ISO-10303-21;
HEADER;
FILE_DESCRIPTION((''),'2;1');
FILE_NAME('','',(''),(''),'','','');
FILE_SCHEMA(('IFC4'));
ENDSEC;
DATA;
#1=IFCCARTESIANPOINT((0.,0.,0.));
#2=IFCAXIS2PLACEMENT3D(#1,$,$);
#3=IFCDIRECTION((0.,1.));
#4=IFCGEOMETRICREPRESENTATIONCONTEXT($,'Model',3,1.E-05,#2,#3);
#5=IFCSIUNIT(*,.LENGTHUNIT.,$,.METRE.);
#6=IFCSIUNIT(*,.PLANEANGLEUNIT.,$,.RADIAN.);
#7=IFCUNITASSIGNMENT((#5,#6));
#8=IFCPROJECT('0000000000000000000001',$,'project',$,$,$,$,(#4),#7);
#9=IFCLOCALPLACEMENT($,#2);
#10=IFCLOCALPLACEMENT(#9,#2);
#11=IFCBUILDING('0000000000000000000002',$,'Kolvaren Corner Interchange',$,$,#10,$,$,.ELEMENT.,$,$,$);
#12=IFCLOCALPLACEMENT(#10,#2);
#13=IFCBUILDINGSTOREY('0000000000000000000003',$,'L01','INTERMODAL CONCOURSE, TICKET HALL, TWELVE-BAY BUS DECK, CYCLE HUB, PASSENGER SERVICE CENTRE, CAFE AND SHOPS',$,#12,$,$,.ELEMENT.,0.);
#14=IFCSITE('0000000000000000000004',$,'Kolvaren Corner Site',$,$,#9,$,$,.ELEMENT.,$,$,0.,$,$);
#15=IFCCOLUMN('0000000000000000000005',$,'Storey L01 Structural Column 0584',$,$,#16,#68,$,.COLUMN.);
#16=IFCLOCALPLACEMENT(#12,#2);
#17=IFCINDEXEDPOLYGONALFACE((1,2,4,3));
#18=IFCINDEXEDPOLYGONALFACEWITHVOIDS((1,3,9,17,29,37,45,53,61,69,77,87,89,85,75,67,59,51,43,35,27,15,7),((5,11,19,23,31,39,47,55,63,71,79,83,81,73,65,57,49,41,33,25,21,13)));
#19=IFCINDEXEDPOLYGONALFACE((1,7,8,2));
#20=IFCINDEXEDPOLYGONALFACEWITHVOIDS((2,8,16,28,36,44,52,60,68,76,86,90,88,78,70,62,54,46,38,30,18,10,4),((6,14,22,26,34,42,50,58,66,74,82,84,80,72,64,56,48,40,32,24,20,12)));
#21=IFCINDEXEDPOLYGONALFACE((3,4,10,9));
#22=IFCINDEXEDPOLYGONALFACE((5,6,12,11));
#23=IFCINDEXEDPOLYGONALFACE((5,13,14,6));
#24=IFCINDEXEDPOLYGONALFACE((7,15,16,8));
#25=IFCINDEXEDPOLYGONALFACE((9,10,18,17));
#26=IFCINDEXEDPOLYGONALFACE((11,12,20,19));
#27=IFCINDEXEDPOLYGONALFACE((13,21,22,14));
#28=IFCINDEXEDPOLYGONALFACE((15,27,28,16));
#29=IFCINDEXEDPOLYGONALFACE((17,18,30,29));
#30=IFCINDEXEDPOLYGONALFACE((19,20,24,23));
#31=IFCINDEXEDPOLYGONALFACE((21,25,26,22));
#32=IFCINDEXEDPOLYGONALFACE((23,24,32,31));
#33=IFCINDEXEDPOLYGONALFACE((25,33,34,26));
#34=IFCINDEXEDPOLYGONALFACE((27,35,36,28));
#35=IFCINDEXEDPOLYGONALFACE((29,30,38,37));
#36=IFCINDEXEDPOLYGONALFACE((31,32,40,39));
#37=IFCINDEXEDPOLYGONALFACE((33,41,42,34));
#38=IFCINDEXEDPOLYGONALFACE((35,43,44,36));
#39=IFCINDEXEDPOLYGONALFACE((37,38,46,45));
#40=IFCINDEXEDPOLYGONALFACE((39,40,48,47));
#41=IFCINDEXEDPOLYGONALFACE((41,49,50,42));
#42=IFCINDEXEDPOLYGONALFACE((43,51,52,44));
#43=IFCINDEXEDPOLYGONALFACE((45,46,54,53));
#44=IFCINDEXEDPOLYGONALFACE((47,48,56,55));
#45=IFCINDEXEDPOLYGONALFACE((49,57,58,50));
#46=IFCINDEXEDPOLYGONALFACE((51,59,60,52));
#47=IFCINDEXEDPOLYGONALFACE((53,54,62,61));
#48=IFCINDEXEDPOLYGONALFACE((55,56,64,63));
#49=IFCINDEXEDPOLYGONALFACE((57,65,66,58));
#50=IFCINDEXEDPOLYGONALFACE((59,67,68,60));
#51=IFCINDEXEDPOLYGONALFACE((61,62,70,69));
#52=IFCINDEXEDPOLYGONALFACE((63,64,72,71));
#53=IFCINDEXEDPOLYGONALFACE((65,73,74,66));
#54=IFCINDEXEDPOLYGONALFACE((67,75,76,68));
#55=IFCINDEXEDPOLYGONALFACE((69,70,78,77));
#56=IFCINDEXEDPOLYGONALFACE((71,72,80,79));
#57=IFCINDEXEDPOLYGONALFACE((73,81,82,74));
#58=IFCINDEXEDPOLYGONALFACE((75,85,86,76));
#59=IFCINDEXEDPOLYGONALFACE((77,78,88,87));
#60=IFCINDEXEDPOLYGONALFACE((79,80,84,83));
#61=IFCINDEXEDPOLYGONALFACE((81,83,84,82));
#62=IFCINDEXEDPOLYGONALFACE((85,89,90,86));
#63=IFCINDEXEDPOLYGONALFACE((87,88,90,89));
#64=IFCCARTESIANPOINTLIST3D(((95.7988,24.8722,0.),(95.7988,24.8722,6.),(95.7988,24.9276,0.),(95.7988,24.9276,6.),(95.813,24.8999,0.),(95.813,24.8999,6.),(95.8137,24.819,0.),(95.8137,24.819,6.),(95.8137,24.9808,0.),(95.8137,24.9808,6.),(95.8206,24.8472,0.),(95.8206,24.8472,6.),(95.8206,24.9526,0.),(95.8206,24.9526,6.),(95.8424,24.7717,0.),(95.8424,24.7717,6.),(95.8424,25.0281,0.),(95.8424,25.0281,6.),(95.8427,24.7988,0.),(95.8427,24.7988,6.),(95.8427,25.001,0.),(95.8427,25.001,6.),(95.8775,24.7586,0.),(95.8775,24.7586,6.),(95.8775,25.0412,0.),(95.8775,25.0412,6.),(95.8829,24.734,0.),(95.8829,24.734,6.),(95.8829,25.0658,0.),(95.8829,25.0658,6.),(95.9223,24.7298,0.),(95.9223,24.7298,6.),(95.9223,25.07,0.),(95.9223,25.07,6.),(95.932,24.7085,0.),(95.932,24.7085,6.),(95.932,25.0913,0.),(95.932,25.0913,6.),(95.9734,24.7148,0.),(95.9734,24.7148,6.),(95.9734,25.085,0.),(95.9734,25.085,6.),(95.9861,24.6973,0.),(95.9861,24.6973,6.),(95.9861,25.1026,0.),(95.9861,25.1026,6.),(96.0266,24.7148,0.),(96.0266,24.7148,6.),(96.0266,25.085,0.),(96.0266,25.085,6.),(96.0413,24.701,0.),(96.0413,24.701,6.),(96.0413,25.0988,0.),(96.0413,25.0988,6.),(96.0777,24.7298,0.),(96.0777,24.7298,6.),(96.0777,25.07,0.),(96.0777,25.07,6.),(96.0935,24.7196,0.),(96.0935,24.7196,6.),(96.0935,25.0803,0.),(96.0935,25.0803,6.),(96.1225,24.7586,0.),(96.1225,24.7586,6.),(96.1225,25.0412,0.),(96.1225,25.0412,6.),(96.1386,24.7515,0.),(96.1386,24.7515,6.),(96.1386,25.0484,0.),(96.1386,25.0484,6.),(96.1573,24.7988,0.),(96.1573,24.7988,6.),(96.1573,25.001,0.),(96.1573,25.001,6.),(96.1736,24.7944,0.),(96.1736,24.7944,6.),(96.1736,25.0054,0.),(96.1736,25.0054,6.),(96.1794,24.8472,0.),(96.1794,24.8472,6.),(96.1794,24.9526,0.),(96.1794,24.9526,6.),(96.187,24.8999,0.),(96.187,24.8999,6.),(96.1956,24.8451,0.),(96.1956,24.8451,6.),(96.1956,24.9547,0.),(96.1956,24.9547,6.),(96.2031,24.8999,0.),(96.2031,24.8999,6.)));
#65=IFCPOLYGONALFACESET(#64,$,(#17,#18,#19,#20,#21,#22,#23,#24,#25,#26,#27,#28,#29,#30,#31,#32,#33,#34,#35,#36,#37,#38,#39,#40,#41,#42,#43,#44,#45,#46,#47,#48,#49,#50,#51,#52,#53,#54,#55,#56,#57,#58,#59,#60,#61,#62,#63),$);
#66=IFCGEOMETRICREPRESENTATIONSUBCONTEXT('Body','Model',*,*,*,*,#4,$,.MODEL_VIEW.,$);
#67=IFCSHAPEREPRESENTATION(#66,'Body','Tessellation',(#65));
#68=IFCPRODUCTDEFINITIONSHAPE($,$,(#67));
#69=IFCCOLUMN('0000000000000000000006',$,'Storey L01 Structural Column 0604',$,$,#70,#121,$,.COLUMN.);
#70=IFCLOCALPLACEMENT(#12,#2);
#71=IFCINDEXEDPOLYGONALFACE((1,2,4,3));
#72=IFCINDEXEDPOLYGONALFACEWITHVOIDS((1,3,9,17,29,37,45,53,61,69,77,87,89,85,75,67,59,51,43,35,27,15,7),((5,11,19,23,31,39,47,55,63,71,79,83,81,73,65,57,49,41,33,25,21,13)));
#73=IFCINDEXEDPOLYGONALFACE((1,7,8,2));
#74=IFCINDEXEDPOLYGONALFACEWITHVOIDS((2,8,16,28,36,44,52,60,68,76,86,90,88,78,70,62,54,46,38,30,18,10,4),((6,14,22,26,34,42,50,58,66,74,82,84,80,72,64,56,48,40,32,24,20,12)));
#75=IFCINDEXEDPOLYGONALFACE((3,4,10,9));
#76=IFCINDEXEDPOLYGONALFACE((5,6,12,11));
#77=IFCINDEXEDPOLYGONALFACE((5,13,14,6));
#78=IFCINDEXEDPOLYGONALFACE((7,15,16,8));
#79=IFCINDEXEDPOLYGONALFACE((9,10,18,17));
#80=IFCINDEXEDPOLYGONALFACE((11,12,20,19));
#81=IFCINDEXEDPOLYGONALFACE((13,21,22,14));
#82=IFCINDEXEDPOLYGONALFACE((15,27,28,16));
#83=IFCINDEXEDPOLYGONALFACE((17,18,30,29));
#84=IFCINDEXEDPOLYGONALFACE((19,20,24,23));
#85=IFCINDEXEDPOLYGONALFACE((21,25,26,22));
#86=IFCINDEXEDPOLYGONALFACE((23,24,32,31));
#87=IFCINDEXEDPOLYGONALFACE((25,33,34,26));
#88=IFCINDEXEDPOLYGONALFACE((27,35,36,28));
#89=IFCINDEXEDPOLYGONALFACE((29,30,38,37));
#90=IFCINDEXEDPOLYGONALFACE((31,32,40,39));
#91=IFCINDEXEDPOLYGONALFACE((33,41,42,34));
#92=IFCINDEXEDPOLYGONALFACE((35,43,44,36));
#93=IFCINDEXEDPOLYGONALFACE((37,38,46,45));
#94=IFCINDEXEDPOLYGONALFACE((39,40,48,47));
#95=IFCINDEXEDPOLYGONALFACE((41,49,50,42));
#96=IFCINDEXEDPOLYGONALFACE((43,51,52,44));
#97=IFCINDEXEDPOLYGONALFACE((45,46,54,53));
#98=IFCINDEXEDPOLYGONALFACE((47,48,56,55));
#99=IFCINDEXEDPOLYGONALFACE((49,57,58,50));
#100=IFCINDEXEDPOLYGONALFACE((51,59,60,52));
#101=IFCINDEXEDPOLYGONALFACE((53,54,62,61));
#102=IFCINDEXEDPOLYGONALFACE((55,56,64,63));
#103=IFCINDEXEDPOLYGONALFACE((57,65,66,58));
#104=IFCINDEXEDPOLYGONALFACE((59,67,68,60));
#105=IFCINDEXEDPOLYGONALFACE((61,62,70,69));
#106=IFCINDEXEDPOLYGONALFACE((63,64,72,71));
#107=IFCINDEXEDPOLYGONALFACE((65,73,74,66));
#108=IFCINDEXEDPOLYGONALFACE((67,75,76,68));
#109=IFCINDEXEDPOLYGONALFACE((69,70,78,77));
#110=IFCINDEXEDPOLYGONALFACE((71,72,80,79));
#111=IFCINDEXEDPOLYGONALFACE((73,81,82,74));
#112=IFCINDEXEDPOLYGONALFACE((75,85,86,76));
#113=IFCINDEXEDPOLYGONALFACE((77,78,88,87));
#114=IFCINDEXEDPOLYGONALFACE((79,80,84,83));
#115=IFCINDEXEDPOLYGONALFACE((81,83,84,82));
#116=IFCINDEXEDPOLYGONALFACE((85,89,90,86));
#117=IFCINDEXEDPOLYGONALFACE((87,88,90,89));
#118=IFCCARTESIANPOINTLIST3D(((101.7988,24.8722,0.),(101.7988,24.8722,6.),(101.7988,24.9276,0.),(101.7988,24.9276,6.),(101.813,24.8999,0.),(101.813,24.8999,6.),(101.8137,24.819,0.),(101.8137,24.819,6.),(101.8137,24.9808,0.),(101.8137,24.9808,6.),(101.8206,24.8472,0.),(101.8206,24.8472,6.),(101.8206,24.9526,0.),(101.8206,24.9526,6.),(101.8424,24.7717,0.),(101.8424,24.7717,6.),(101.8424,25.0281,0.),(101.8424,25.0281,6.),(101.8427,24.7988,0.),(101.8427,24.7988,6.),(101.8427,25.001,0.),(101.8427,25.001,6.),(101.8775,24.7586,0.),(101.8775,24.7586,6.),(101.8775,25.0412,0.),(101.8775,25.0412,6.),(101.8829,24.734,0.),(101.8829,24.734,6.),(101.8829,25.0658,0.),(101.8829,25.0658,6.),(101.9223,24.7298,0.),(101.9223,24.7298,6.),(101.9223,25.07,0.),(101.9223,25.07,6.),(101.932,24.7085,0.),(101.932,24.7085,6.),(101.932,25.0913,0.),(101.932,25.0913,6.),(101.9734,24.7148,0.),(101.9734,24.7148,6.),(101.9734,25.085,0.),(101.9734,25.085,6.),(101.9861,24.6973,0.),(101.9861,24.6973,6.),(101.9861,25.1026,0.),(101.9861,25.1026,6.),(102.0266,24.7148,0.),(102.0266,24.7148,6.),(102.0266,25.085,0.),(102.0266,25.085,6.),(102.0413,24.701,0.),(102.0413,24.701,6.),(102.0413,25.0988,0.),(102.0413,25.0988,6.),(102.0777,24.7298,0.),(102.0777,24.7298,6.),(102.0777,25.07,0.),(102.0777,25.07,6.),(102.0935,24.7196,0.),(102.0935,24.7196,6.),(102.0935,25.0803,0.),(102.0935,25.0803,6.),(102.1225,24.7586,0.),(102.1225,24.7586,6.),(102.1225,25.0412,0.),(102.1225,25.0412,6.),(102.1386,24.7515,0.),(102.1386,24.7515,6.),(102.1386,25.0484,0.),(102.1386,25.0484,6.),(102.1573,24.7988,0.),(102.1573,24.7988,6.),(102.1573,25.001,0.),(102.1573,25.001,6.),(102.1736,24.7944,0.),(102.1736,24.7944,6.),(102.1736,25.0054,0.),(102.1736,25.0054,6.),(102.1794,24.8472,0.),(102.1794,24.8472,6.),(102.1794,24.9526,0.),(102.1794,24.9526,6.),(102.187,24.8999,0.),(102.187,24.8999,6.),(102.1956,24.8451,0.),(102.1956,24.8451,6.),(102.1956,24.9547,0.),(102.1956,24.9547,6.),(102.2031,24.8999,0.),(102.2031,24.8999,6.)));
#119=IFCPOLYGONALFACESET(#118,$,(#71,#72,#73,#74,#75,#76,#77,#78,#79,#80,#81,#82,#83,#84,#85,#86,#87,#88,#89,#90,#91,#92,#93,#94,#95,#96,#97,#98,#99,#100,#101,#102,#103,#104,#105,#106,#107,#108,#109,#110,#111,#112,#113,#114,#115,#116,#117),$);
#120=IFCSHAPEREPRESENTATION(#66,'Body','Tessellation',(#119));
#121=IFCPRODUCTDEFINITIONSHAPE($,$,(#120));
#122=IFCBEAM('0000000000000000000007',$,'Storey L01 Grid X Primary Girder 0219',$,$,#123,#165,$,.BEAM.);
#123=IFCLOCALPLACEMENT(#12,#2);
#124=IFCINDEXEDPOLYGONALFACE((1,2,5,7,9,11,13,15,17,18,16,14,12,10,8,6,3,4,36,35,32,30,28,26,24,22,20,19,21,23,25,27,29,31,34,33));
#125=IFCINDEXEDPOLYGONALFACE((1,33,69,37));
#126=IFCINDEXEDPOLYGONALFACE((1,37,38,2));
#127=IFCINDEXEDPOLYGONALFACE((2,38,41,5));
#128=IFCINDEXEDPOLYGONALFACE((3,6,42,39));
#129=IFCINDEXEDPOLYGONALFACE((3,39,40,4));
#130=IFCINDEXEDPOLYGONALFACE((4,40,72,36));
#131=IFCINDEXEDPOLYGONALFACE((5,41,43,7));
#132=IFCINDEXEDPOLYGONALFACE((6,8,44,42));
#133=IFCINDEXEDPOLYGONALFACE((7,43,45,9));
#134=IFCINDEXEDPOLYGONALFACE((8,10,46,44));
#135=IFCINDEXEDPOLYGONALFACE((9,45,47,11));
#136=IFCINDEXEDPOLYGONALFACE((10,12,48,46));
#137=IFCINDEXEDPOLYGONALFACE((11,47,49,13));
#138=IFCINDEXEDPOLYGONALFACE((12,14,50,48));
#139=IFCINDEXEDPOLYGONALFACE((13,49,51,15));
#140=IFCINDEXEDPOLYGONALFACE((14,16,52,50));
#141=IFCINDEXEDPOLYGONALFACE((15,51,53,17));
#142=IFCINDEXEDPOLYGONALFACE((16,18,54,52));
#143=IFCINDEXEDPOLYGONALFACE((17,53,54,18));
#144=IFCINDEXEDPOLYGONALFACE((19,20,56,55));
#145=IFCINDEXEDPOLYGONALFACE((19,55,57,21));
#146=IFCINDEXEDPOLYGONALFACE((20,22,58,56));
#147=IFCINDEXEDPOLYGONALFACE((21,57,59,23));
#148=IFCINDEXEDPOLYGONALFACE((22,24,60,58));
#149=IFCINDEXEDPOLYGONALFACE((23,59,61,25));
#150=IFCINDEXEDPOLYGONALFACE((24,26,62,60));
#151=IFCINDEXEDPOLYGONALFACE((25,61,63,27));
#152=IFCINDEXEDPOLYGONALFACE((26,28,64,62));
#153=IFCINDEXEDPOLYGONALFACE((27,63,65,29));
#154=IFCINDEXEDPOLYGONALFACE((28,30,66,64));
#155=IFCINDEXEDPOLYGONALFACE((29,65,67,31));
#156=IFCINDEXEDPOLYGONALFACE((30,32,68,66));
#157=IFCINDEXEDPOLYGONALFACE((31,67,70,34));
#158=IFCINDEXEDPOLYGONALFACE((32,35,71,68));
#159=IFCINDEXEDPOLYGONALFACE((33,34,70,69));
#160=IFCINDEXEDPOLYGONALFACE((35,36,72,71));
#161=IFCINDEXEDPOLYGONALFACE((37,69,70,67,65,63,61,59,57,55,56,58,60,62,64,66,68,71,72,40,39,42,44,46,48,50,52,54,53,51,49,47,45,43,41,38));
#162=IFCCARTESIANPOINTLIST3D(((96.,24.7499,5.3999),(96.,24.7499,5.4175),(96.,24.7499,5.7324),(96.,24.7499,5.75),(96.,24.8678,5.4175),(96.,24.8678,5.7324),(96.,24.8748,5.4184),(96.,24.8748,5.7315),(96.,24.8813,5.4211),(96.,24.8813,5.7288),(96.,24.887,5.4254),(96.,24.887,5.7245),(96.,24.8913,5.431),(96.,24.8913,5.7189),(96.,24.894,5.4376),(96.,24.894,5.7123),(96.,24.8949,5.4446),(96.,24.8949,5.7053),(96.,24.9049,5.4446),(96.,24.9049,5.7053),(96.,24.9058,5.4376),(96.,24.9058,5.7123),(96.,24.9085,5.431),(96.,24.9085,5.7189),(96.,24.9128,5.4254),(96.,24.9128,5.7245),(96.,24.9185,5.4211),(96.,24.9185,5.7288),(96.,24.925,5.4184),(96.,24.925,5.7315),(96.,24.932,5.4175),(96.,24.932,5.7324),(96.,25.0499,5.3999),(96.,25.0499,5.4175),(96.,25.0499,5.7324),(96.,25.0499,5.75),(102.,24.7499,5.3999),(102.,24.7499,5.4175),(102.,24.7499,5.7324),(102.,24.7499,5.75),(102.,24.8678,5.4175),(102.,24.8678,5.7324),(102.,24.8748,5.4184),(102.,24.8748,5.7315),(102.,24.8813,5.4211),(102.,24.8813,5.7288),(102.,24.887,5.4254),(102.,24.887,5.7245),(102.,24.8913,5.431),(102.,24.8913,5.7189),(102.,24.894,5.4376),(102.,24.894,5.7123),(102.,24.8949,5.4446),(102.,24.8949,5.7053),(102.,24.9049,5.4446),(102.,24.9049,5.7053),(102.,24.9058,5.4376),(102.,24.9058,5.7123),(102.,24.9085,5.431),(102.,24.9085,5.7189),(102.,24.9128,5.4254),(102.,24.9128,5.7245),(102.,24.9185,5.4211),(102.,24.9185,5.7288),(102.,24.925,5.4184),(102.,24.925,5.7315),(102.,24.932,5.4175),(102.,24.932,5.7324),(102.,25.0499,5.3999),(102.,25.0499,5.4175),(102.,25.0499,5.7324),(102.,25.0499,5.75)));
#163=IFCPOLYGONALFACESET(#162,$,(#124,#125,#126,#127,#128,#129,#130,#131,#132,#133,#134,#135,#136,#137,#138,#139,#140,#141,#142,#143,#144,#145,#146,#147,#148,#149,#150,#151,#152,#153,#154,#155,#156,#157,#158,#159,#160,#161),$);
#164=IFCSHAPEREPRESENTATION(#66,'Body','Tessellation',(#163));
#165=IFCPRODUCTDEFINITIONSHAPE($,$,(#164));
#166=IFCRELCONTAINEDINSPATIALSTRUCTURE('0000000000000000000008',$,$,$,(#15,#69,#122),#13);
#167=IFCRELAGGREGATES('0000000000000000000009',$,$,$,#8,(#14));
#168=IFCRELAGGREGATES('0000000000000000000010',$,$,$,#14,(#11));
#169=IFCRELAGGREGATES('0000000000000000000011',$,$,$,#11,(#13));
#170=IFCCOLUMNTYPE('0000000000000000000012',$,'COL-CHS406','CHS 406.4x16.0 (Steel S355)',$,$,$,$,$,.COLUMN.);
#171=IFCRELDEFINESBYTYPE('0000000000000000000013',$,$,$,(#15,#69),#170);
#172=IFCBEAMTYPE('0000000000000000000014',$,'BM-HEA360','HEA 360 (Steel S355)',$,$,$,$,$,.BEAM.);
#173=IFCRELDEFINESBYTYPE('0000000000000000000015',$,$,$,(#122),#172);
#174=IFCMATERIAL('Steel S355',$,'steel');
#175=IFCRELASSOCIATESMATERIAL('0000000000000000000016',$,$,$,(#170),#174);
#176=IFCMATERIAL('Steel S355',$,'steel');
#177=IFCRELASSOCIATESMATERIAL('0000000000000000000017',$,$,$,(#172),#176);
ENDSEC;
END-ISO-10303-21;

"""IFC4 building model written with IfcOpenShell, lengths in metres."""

from ifc_helpers import new_model, si_unit, direction, frame, origin, origin_2d, place, context, subcontext, project, spatial, hollow_circle, i_section, extrude, material, material_profile, profile_set, type_object, element, save


model = new_model("IFC4")

# Units and contexts
model_context = context("Model", 3, precision=1e-05, world=origin(), true_north=direction((0.0, 1.0)))
body_context = subcontext(model_context, "Body", "Model", "MODEL_VIEW")
ifc_project = project(units=[si_unit("LENGTHUNIT", "METRE"), si_unit("PLANEANGLEUNIT", "RADIAN")], contexts=[model_context])

# Site, building, storey
site_placement = place(None, origin())
site = spatial("IfcSite", under=ifc_project, at=site_placement, Name="Kolvaren Corner Site", CompositionType="ELEMENT", RefElevation=0.0)
building_placement = place(site_placement, origin())
building = spatial("IfcBuilding", under=site, at=building_placement, Name="Kolvaren Corner Interchange", CompositionType="ELEMENT")
storey_placement = place(building_placement, origin())
storey = spatial("IfcBuildingStorey", under=building, at=storey_placement, Name="L01", Description="INTERMODAL CONCOURSE, TICKET HALL, TWELVE-BAY BUS DECK, CYCLE HUB, PASSENGER SERVICE CENTRE, CAFE AND SHOPS", CompositionType="ELEMENT", Elevation=0.0)

# Columns
ifc_material_1 = material(Name="Steel S355", Category="steel")
ifc_material_profile_1 = material_profile(ifc_material_1, hollow_circle(Radius=0.2031, WallThickness=0.0161, at=origin_2d()), Name="CHS 406.4x16.0")
ifc_profile_set_1 = profile_set([ifc_material_profile_1], Name="Steel S355")
column_type = type_object("IfcColumnType", Name="COL-CHS406", Description="CHS 406.4x16.0 (Steel S355)", PredefinedType="COLUMN", material=ifc_profile_set_1)
for number, where, z_axis, x_axis, name in (
    (1, (96.0, 24.8999, 0.0), (0.0, 0.0, 1.0), (1.0, 0.0, 0.0), "Storey L01 Structural Column 0584"),
    (2, (102.0, 24.8999, 0.0), (0.0, 0.0, 1.0), (1.0, 0.0, 0.0), "Storey L01 Structural Column 0604"),
):
    element("IfcColumn", number, at=place(storey_placement, frame(where, z_axis=z_axis, x_axis=x_axis)), inside=storey, type_object=column_type, Name=name, PredefinedType="COLUMN", context=body_context, shape_type="SweptSolid", body=[
        extrude(hollow_circle(Radius=0.2031, WallThickness=0.0161, at=origin_2d()), origin(), (0.0, 0.0, 1.0), 6.0),
    ])

# Beam
ifc_material_2 = material(Name="Steel S355", Category="steel")
ifc_material_profile_2 = material_profile(ifc_material_2, i_section(OverallWidth=0.3, OverallDepth=0.3501, WebThickness=0.01, FlangeThickness=0.0176, FilletRadius=0.0271, at=origin_2d()), Name="HEA 360")
ifc_profile_set_2 = profile_set([ifc_material_profile_2], Name="Steel S355")
beam_type = type_object("IfcBeamType", Name="BM-HEA360", Description="HEA 360 (Steel S355)", PredefinedType="BEAM", material=ifc_profile_set_2)
for number, where, z_axis, x_axis, name in (
    (3, (96.0, 24.8999, 5.575), (1.0, 0.0, 0.0), (0.0, 1.0, 0.0), "Storey L01 Grid X Primary Girder 0219"),
):
    element("IfcBeam", number, at=place(storey_placement, frame(where, z_axis=z_axis, x_axis=x_axis)), inside=storey, type_object=beam_type, Name=name, PredefinedType="BEAM", context=body_context, shape_type="SweptSolid", body=[
        extrude(i_section(OverallWidth=0.3, OverallDepth=0.3501, WebThickness=0.01, FlangeThickness=0.0176, FilletRadius=0.0271, at=origin_2d()), origin(), (0.0, 0.0, 1.0), 6.0),
    ])

save(model, "model.ifc")
